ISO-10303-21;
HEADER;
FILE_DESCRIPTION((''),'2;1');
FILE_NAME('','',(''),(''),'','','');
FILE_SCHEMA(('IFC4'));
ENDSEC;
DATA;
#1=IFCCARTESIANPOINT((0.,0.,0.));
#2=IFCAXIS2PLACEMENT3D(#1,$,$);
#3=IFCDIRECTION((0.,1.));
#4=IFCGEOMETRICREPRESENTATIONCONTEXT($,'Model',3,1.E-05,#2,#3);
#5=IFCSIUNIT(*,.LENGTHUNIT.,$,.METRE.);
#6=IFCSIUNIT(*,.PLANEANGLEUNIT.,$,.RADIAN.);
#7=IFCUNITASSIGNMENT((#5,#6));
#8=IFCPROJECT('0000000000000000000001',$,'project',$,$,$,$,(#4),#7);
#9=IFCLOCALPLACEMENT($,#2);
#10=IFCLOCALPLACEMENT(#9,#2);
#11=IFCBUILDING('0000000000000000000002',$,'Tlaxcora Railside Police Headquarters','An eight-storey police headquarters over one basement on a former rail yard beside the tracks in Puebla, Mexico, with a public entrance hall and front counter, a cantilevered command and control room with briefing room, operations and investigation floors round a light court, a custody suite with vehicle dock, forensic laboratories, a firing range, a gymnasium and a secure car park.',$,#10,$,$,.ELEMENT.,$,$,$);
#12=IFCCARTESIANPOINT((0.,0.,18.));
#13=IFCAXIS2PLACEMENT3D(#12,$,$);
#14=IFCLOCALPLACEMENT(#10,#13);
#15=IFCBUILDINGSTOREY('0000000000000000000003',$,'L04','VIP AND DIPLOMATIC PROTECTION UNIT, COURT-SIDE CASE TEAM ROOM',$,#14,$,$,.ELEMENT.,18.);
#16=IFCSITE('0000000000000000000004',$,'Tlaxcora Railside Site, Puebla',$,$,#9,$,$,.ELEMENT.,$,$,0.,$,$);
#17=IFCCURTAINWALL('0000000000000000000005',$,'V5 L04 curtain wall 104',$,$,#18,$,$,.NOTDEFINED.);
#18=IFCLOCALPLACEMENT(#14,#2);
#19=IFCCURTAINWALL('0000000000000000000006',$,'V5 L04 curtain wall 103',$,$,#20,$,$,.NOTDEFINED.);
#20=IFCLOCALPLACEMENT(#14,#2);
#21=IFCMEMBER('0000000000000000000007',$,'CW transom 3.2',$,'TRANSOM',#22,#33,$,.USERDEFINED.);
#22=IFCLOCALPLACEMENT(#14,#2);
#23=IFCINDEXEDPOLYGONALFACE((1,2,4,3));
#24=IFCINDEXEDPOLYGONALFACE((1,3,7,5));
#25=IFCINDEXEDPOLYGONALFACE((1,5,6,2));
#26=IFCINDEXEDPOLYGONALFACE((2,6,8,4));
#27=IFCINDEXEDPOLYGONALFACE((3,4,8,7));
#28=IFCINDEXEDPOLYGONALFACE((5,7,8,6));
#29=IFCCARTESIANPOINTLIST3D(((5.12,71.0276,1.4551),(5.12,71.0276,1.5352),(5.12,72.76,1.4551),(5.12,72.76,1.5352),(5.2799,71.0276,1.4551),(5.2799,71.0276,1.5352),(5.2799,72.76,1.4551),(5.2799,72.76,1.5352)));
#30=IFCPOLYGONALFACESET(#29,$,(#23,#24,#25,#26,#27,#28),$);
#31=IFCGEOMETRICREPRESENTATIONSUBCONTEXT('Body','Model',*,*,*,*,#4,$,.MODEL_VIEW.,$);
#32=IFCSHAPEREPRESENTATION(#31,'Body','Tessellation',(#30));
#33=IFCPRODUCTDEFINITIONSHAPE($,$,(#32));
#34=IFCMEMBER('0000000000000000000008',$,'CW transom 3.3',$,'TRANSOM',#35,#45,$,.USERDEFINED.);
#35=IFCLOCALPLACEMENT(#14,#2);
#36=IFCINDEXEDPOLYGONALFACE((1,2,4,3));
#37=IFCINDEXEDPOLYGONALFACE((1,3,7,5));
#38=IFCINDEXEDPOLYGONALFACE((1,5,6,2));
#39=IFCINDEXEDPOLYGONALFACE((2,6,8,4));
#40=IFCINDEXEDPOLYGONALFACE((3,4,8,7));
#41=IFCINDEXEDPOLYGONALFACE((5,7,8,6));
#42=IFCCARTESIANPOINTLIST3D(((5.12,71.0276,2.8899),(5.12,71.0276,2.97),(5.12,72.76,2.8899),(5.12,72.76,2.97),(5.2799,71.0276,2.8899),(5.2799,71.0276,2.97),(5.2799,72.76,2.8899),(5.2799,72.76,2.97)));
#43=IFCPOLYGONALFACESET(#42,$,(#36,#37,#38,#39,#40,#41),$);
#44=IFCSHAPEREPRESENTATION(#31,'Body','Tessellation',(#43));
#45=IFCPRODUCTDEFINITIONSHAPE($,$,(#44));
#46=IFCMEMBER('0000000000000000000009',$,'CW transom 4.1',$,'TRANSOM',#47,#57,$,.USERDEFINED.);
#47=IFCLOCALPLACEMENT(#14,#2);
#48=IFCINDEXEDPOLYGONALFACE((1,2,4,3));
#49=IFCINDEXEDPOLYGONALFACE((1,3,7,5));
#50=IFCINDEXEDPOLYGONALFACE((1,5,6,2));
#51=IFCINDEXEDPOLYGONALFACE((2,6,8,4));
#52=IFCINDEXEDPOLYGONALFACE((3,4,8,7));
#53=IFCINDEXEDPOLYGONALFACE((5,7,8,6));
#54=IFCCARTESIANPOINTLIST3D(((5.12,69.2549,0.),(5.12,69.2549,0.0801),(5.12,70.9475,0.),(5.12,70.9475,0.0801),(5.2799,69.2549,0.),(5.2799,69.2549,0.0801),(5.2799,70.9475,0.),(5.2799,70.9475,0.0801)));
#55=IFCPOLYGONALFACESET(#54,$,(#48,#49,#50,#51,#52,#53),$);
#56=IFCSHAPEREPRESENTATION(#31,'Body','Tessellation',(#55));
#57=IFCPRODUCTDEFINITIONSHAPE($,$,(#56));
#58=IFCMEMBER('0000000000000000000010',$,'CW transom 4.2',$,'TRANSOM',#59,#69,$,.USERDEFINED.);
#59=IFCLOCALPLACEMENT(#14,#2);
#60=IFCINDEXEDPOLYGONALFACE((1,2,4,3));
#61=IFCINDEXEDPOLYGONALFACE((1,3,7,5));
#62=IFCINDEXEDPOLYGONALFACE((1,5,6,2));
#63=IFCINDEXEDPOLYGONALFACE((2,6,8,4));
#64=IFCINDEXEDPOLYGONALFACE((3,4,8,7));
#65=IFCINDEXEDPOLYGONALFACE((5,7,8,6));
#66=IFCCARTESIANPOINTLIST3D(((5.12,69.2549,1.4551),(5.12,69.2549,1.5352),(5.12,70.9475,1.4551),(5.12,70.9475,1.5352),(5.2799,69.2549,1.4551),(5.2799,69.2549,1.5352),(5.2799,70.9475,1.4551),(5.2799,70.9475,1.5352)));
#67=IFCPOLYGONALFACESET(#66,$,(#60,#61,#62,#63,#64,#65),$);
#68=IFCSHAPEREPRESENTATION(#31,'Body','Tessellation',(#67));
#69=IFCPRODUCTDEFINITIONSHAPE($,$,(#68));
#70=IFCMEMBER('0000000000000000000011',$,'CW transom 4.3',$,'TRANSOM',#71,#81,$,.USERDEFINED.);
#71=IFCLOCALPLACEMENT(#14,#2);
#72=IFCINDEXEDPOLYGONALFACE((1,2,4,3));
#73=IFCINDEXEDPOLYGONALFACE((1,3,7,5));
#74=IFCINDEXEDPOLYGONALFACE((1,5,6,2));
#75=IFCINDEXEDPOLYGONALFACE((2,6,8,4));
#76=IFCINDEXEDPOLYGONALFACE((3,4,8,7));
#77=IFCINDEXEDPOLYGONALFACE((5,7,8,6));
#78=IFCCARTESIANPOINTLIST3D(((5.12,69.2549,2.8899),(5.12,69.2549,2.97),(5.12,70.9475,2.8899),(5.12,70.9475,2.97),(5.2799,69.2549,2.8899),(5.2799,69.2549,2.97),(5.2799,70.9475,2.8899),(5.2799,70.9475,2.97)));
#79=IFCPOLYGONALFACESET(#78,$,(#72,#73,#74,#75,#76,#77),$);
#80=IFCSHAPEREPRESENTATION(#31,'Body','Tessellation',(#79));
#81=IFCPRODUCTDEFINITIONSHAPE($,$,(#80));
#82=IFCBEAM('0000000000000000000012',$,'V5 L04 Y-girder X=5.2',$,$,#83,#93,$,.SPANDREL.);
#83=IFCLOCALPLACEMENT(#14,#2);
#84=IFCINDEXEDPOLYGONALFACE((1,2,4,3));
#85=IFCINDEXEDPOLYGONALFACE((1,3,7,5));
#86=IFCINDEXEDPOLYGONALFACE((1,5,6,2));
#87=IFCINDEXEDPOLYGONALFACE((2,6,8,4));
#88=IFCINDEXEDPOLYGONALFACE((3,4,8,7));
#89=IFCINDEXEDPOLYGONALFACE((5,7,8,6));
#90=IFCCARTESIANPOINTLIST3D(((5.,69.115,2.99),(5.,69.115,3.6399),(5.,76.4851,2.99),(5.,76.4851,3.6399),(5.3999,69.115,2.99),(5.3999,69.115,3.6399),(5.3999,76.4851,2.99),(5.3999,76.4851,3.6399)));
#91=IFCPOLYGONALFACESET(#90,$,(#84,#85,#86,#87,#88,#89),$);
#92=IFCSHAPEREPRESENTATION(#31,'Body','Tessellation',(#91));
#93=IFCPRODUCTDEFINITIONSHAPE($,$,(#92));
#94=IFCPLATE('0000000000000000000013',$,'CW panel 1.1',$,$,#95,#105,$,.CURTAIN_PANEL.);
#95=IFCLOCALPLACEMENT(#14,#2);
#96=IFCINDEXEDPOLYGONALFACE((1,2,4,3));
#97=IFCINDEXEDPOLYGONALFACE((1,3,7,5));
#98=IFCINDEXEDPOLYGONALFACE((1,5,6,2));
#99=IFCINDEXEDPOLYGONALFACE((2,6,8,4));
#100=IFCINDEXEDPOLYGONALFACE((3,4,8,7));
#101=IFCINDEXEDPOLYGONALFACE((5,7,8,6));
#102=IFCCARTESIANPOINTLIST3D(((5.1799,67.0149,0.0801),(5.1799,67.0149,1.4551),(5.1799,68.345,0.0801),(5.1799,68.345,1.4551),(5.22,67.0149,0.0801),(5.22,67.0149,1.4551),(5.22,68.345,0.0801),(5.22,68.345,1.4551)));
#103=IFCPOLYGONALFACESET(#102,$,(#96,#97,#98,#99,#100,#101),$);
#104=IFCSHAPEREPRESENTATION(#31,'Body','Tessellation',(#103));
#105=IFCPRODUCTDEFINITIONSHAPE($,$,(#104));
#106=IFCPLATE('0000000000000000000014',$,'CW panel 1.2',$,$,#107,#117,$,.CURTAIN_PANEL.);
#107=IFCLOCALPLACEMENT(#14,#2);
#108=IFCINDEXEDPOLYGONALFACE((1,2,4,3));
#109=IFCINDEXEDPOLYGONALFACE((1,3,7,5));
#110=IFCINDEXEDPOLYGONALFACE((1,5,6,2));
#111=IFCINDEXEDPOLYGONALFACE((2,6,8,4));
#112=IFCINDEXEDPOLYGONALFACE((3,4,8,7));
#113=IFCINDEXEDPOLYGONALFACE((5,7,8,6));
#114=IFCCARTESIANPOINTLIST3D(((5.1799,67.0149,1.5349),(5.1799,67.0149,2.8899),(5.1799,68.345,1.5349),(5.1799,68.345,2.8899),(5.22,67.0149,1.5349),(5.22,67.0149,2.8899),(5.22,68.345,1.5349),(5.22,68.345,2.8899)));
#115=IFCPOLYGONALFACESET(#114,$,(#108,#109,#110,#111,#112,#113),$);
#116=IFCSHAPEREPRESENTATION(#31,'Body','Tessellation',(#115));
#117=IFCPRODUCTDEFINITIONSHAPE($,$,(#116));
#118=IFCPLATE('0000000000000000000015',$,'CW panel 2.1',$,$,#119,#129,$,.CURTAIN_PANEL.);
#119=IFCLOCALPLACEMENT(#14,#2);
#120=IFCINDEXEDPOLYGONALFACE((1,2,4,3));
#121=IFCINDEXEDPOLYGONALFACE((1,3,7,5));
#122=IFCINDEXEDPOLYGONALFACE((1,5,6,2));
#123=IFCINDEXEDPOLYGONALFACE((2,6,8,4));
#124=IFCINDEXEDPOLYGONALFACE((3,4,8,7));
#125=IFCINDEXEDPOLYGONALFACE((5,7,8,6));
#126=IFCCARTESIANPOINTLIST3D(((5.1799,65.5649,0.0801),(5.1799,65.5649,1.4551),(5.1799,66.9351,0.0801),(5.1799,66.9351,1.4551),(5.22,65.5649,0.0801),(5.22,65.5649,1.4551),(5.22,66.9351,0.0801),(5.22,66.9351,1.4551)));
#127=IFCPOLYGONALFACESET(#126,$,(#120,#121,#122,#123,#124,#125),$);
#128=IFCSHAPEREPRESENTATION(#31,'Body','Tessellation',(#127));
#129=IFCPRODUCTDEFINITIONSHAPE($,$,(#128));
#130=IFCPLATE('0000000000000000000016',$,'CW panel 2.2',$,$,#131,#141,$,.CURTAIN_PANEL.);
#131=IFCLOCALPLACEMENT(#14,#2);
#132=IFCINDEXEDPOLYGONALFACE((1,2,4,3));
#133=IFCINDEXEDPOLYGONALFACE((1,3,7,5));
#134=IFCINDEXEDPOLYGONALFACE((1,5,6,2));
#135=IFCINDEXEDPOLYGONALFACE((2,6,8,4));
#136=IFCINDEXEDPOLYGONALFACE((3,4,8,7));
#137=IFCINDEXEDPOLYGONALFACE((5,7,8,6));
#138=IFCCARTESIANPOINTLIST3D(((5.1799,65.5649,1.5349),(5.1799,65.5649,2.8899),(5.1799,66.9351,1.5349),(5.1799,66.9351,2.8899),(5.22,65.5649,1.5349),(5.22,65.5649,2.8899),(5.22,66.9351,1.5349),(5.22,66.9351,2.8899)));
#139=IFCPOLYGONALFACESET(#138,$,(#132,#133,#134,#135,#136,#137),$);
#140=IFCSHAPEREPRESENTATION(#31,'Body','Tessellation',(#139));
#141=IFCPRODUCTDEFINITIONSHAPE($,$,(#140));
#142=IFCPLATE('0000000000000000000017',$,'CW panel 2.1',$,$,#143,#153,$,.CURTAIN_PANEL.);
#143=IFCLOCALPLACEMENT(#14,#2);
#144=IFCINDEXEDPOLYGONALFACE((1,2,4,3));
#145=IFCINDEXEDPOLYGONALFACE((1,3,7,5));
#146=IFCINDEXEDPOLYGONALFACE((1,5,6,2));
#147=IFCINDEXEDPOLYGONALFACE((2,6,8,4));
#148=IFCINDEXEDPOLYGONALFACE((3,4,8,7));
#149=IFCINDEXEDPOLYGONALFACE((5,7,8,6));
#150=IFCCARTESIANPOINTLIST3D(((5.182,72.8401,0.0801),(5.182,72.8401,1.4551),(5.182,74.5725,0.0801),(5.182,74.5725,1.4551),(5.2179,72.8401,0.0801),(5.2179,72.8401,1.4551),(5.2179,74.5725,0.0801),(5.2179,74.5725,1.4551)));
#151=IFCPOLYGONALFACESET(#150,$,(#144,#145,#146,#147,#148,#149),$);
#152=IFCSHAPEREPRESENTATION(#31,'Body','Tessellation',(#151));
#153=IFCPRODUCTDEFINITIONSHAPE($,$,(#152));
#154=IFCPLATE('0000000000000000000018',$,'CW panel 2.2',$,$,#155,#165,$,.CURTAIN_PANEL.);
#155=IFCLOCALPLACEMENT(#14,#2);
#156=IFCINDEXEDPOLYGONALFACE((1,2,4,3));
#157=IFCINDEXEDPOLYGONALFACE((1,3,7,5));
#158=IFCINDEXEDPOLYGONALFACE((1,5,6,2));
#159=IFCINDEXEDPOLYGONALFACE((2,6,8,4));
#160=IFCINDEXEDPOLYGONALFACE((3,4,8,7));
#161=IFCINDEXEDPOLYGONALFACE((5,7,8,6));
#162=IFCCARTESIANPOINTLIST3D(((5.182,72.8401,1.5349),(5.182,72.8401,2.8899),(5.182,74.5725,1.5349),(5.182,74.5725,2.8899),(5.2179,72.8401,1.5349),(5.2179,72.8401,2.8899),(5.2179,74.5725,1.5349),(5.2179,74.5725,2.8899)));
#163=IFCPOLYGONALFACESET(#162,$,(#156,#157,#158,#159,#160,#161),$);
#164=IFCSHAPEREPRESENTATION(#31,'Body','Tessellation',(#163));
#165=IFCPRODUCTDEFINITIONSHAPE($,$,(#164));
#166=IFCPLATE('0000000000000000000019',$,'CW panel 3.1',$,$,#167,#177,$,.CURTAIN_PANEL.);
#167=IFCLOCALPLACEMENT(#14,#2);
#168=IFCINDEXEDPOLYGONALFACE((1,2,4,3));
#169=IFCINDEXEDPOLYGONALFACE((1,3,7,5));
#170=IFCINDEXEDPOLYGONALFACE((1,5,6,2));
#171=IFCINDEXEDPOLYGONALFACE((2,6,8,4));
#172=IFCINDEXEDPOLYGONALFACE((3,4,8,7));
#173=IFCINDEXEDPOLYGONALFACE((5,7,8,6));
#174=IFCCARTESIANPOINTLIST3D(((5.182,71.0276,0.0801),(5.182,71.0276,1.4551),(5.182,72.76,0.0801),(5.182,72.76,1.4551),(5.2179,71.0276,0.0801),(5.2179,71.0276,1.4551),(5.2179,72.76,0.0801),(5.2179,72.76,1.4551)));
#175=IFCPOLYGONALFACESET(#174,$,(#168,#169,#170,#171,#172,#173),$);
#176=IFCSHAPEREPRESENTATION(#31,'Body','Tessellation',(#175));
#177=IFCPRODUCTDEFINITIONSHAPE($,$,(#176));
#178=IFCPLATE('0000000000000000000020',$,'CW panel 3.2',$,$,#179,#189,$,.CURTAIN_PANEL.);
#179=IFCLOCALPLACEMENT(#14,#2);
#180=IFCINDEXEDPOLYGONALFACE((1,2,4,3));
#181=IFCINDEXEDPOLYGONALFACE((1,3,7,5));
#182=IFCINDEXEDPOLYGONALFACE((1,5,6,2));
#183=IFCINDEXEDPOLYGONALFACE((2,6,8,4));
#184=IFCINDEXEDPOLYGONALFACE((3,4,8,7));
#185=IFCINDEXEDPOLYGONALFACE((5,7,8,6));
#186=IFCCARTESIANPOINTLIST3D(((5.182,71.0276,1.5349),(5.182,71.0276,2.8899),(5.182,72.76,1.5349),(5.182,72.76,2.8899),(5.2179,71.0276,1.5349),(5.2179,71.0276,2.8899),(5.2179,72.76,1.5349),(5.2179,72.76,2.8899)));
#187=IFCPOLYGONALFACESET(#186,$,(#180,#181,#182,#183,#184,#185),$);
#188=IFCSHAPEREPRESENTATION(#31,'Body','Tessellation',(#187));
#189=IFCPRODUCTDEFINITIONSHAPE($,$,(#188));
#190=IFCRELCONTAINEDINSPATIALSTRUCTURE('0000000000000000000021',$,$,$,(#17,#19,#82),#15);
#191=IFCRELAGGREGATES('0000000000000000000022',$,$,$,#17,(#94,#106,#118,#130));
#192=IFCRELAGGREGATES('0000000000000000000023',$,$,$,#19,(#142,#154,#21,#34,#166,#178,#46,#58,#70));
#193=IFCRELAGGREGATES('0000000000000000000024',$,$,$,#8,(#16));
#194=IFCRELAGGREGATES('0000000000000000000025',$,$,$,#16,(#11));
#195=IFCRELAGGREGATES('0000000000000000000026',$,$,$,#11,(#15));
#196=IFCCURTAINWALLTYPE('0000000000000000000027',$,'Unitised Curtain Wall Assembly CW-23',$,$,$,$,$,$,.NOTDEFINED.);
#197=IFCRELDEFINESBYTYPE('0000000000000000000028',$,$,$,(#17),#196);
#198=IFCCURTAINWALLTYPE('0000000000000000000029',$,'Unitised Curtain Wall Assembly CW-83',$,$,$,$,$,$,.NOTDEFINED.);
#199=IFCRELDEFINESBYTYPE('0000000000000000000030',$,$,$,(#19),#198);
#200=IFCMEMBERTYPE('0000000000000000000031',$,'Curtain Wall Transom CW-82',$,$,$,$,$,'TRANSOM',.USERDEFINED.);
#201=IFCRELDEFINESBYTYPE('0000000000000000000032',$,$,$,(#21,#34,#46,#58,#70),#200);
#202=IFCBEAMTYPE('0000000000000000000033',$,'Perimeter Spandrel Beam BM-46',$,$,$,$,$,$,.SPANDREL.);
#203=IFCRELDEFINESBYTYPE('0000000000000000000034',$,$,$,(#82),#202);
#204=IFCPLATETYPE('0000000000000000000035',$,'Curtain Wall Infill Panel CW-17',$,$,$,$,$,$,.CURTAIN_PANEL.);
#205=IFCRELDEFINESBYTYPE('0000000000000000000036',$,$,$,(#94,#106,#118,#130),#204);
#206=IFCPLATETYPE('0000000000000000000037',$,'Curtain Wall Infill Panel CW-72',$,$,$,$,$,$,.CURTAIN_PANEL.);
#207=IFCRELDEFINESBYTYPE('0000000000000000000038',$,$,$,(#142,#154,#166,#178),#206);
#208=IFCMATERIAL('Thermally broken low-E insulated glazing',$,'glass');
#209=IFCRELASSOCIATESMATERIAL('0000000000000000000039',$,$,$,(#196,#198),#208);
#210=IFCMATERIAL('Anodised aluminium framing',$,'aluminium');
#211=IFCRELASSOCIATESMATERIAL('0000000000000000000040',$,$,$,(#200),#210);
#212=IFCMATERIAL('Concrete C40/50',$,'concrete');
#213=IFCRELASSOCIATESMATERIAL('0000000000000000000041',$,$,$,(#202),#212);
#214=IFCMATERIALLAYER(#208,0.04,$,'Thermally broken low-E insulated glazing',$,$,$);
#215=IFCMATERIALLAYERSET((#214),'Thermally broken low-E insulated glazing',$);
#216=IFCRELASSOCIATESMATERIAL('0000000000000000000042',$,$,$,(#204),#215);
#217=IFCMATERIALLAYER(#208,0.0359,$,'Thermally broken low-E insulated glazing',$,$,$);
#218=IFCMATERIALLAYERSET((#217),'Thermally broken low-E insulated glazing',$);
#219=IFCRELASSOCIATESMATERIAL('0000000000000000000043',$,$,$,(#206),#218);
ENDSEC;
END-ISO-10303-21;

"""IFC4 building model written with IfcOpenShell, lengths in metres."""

from ifc_helpers import new_model, si_unit, direction, frame, origin, origin_2d, place, context, subcontext, project, spatial, rectangle, extrude, material, layer, layer_set, material_profile, profile_set, type_object, element, aggregate, save


model = new_model("IFC4")

# Units and contexts
model_context = context("Model", 3, precision=1e-05, world=origin(), true_north=direction((0.0, 1.0)))
body_context = subcontext(model_context, "Body", "Model", "MODEL_VIEW")
ifc_project = project(units=[si_unit("LENGTHUNIT", "METRE"), si_unit("PLANEANGLEUNIT", "RADIAN")], contexts=[model_context])

# Site, building, storey
site_placement = place(None, origin())
site = spatial("IfcSite", under=ifc_project, at=site_placement, Name="Tlaxcora Railside Site, Puebla", CompositionType="ELEMENT", RefElevation=0.0)
building_placement = place(site_placement, origin())
building = spatial("IfcBuilding", under=site, at=building_placement, Name="Tlaxcora Railside Police Headquarters", Description="An eight-storey police headquarters over one basement on a former rail yard beside the tracks in Puebla, Mexico, with a public entrance hall and front counter, a cantilevered command and control room with briefing room, operations and investigation floors round a light court, a custody suite with vehicle dock, forensic laboratories, a firing range, a gymnasium and a secure car park.", CompositionType="ELEMENT")
storey_placement = place(building_placement, frame((0.0, 0.0, 18.0)))
storey = spatial("IfcBuildingStorey", under=building, at=storey_placement, Name="L04", Description="VIP AND DIPLOMATIC PROTECTION UNIT, COURT-SIDE CASE TEAM ROOM", CompositionType="ELEMENT", Elevation=18.0)

# Shared definitions
ifc_material_1 = material(Name="Concrete C40/50", Category="concrete")

# Curtain walls
ifc_material_2 = material(Name="Thermally broken low-E insulated glazing", Category="glass")
curtain_wall_type_1 = type_object("IfcCurtainWallType", Name="Unitised Curtain Wall Assembly CW-23", PredefinedType="NOTDEFINED", material=ifc_material_2)
curtain_wall_1_placement = place(storey_placement, origin())
curtain_wall_1 = element("IfcCurtainWall", 1, at=curtain_wall_1_placement, inside=storey, type_object=curtain_wall_type_1, Name="V5 L04 curtain wall 104", PredefinedType="NOTDEFINED")
ifc_material_3 = material(Name="Anodised aluminium framing", Category="aluminium")
curtain_wall_type_2 = type_object("IfcCurtainWallType", Name="Unitised Curtain Wall Assembly CW-83", PredefinedType="NOTDEFINED", material=ifc_material_2)
curtain_wall_2_placement = place(storey_placement, origin())
curtain_wall_2 = element("IfcCurtainWall", 2, at=curtain_wall_2_placement, inside=storey, type_object=curtain_wall_type_2, Name="V5 L04 curtain wall 103", PredefinedType="NOTDEFINED")

# Members
ifc_material_profile_1 = material_profile(ifc_material_3, rectangle(XDim=0.1599, YDim=0.0801, at=origin_2d()), Name="AL80X160")
ifc_profile_set_1 = profile_set([ifc_material_profile_1], Name="Anodised aluminium framing")
member_type_1 = type_object("IfcMemberType", Name="Curtain Wall Transom CW-82", ElementType="TRANSOM", PredefinedType="USERDEFINED", material=ifc_profile_set_1)
member_1_placement = place(storey_placement, frame((5.2, 72.76, 1.4951), z_axis=(0.0, -1.0, 0.0), x_axis=(1.0, 0.0, 0.0)))
member_1 = element("IfcMember", 3, at=member_1_placement, type_object=member_type_1, Name="CW transom 3.2", ObjectType="TRANSOM", PredefinedType="USERDEFINED", context=body_context, shape_type="SweptSolid", body=[
    extrude(rectangle(XDim=0.1599, YDim=0.0801, at=origin_2d()), origin(), (0.0, 0.0, 1.0), 1.7324),
])
member_2_placement = place(storey_placement, frame((5.2, 72.76, 2.9299), z_axis=(0.0, -1.0, 0.0), x_axis=(1.0, 0.0, 0.0)))
member_2 = element("IfcMember", 4, at=member_2_placement, type_object=member_type_1, Name="CW transom 3.3", ObjectType="TRANSOM", PredefinedType="USERDEFINED", context=body_context, shape_type="SweptSolid", body=[
    extrude(rectangle(XDim=0.1599, YDim=0.0801, at=origin_2d()), origin(), (0.0, 0.0, 1.0), 1.7324),
])
member_3_placement = place(storey_placement, frame((5.2, 70.9475, 0.04), z_axis=(0.0, -1.0, 0.0), x_axis=(1.0, 0.0, 0.0)))
member_3 = element("IfcMember", 5, at=member_3_placement, type_object=member_type_1, Name="CW transom 4.1", ObjectType="TRANSOM", PredefinedType="USERDEFINED", context=body_context, shape_type="SweptSolid", body=[
    extrude(rectangle(XDim=0.1599, YDim=0.0801, at=origin_2d()), origin(), (0.0, 0.0, 1.0), 1.6926),
])
member_4_placement = place(storey_placement, frame((5.2, 70.9475, 1.4951), z_axis=(0.0, -1.0, 0.0), x_axis=(1.0, 0.0, 0.0)))
member_4 = element("IfcMember", 6, at=member_4_placement, type_object=member_type_1, Name="CW transom 4.2", ObjectType="TRANSOM", PredefinedType="USERDEFINED", context=body_context, shape_type="SweptSolid", body=[
    extrude(rectangle(XDim=0.1599, YDim=0.0801, at=origin_2d()), origin(), (0.0, 0.0, 1.0), 1.6926),
])
member_5_placement = place(storey_placement, frame((5.2, 70.9475, 2.9299), z_axis=(0.0, -1.0, 0.0), x_axis=(1.0, 0.0, 0.0)))
member_5 = element("IfcMember", 7, at=member_5_placement, type_object=member_type_1, Name="CW transom 4.3", ObjectType="TRANSOM", PredefinedType="USERDEFINED", context=body_context, shape_type="SweptSolid", body=[
    extrude(rectangle(XDim=0.1599, YDim=0.0801, at=origin_2d()), origin(), (0.0, 0.0, 1.0), 1.6926),
])

# Beam
ifc_material_profile_2 = material_profile(ifc_material_1, rectangle(XDim=0.3999, YDim=0.6499, at=origin_2d()), Name="RC400X650")
ifc_profile_set_2 = profile_set([ifc_material_profile_2], Name="Concrete C40/50")
beam_type = type_object("IfcBeamType", Name="Perimeter Spandrel Beam BM-46", PredefinedType="SPANDREL", material=ifc_profile_set_2)
beam_placement = place(storey_placement, frame((5.2, 69.115, 3.3149), z_axis=(0.0, 1.0, 0.0), x_axis=(-1.0, 0.0, 0.0)))
element("IfcBeam", 8, at=beam_placement, inside=storey, type_object=beam_type, Name="V5 L04 Y-girder X=5.2", PredefinedType="SPANDREL", context=body_context, shape_type="SweptSolid", body=[
    extrude(rectangle(XDim=0.3999, YDim=0.6499, at=origin_2d()), origin(), (0.0, 0.0, 1.0), 7.3701),
])

# Plates
ifc_layer_1 = layer(ifc_material_2, 0.04, Name="Thermally broken low-E insulated glazing")
ifc_layer_set_1 = layer_set([ifc_layer_1], Name="Thermally broken low-E insulated glazing")
plate_type_1 = type_object("IfcPlateType", Name="Curtain Wall Infill Panel CW-17", PredefinedType="CURTAIN_PANEL", material=ifc_layer_set_1)
plate_1_placement = place(storey_placement, frame((5.2, 67.6799, 0.0801), z_axis=(0.0, 0.0, 1.0), x_axis=(0.0, -1.0, 0.0)))
plate_1 = element("IfcPlate", 9, at=plate_1_placement, type_object=plate_type_1, Name="CW panel 1.1", PredefinedType="CURTAIN_PANEL", context=body_context, shape_type="SweptSolid", body=[
    extrude(rectangle(XDim=1.3301, YDim=0.04, at=origin_2d()), origin(), (0.0, 0.0, 1.0), 1.375),
])
plate_2_placement = place(storey_placement, frame((5.2, 67.6799, 1.5349), z_axis=(0.0, 0.0, 1.0), x_axis=(0.0, -1.0, 0.0)))
plate_2 = element("IfcPlate", 10, at=plate_2_placement, type_object=plate_type_1, Name="CW panel 1.2", PredefinedType="CURTAIN_PANEL", context=body_context, shape_type="SweptSolid", body=[
    extrude(rectangle(XDim=1.3301, YDim=0.04, at=origin_2d()), origin(), (0.0, 0.0, 1.0), 1.355),
])
plate_3_placement = place(storey_placement, frame((5.2, 66.25, 0.0801), z_axis=(0.0, 0.0, 1.0), x_axis=(0.0, -1.0, 0.0)))
plate_3 = element("IfcPlate", 11, at=plate_3_placement, type_object=plate_type_1, Name="CW panel 2.1", PredefinedType="CURTAIN_PANEL", context=body_context, shape_type="SweptSolid", body=[
    extrude(rectangle(XDim=1.3701, YDim=0.04, at=origin_2d()), origin(), (0.0, 0.0, 1.0), 1.375),
])
plate_4_placement = place(storey_placement, frame((5.2, 66.25, 1.5349), z_axis=(0.0, 0.0, 1.0), x_axis=(0.0, -1.0, 0.0)))
plate_4 = element("IfcPlate", 12, at=plate_4_placement, type_object=plate_type_1, Name="CW panel 2.2", PredefinedType="CURTAIN_PANEL", context=body_context, shape_type="SweptSolid", body=[
    extrude(rectangle(XDim=1.3701, YDim=0.04, at=origin_2d()), origin(), (0.0, 0.0, 1.0), 1.355),
])
aggregate(curtain_wall_1, [plate_1, plate_2, plate_3, plate_4])
ifc_layer_2 = layer(ifc_material_2, 0.0359, Name="Thermally broken low-E insulated glazing")
ifc_layer_set_2 = layer_set([ifc_layer_2], Name="Thermally broken low-E insulated glazing")
plate_type_2 = type_object("IfcPlateType", Name="Curtain Wall Infill Panel CW-72", PredefinedType="CURTAIN_PANEL", material=ifc_layer_set_2)
plate_5_placement = place(storey_placement, frame((5.2, 73.7063, 0.0801), z_axis=(0.0, 0.0, 1.0), x_axis=(0.0, -1.0, 0.0)))
plate_5 = element("IfcPlate", 13, at=plate_5_placement, type_object=plate_type_2, Name="CW panel 2.1", PredefinedType="CURTAIN_PANEL", context=body_context, shape_type="SweptSolid", body=[
    extrude(rectangle(XDim=1.7324, YDim=0.0359, at=origin_2d()), origin(), (0.0, 0.0, 1.0), 1.375),
])
plate_6_placement = place(storey_placement, frame((5.2, 73.7063, 1.5349), z_axis=(0.0, 0.0, 1.0), x_axis=(0.0, -1.0, 0.0)))
plate_6 = element("IfcPlate", 14, at=plate_6_placement, type_object=plate_type_2, Name="CW panel 2.2", PredefinedType="CURTAIN_PANEL", context=body_context, shape_type="SweptSolid", body=[
    extrude(rectangle(XDim=1.7324, YDim=0.0359, at=origin_2d()), origin(), (0.0, 0.0, 1.0), 1.355),
])
plate_7_placement = place(storey_placement, frame((5.2, 71.8938, 0.0801), z_axis=(0.0, 0.0, 1.0), x_axis=(0.0, -1.0, 0.0)))
plate_7 = element("IfcPlate", 15, at=plate_7_placement, type_object=plate_type_2, Name="CW panel 3.1", PredefinedType="CURTAIN_PANEL", context=body_context, shape_type="SweptSolid", body=[
    extrude(rectangle(XDim=1.7324, YDim=0.0359, at=origin_2d()), origin(), (0.0, 0.0, 1.0), 1.375),
])
plate_8_placement = place(storey_placement, frame((5.2, 71.8938, 1.5349), z_axis=(0.0, 0.0, 1.0), x_axis=(0.0, -1.0, 0.0)))
plate_8 = element("IfcPlate", 16, at=plate_8_placement, type_object=plate_type_2, Name="CW panel 3.2", PredefinedType="CURTAIN_PANEL", context=body_context, shape_type="SweptSolid", body=[
    extrude(rectangle(XDim=1.7324, YDim=0.0359, at=origin_2d()), origin(), (0.0, 0.0, 1.0), 1.355),
])
aggregate(curtain_wall_2, [plate_5, plate_6, member_1, member_2, plate_7, plate_8, member_3, member_4, member_5])

save(model, "model.ifc")
